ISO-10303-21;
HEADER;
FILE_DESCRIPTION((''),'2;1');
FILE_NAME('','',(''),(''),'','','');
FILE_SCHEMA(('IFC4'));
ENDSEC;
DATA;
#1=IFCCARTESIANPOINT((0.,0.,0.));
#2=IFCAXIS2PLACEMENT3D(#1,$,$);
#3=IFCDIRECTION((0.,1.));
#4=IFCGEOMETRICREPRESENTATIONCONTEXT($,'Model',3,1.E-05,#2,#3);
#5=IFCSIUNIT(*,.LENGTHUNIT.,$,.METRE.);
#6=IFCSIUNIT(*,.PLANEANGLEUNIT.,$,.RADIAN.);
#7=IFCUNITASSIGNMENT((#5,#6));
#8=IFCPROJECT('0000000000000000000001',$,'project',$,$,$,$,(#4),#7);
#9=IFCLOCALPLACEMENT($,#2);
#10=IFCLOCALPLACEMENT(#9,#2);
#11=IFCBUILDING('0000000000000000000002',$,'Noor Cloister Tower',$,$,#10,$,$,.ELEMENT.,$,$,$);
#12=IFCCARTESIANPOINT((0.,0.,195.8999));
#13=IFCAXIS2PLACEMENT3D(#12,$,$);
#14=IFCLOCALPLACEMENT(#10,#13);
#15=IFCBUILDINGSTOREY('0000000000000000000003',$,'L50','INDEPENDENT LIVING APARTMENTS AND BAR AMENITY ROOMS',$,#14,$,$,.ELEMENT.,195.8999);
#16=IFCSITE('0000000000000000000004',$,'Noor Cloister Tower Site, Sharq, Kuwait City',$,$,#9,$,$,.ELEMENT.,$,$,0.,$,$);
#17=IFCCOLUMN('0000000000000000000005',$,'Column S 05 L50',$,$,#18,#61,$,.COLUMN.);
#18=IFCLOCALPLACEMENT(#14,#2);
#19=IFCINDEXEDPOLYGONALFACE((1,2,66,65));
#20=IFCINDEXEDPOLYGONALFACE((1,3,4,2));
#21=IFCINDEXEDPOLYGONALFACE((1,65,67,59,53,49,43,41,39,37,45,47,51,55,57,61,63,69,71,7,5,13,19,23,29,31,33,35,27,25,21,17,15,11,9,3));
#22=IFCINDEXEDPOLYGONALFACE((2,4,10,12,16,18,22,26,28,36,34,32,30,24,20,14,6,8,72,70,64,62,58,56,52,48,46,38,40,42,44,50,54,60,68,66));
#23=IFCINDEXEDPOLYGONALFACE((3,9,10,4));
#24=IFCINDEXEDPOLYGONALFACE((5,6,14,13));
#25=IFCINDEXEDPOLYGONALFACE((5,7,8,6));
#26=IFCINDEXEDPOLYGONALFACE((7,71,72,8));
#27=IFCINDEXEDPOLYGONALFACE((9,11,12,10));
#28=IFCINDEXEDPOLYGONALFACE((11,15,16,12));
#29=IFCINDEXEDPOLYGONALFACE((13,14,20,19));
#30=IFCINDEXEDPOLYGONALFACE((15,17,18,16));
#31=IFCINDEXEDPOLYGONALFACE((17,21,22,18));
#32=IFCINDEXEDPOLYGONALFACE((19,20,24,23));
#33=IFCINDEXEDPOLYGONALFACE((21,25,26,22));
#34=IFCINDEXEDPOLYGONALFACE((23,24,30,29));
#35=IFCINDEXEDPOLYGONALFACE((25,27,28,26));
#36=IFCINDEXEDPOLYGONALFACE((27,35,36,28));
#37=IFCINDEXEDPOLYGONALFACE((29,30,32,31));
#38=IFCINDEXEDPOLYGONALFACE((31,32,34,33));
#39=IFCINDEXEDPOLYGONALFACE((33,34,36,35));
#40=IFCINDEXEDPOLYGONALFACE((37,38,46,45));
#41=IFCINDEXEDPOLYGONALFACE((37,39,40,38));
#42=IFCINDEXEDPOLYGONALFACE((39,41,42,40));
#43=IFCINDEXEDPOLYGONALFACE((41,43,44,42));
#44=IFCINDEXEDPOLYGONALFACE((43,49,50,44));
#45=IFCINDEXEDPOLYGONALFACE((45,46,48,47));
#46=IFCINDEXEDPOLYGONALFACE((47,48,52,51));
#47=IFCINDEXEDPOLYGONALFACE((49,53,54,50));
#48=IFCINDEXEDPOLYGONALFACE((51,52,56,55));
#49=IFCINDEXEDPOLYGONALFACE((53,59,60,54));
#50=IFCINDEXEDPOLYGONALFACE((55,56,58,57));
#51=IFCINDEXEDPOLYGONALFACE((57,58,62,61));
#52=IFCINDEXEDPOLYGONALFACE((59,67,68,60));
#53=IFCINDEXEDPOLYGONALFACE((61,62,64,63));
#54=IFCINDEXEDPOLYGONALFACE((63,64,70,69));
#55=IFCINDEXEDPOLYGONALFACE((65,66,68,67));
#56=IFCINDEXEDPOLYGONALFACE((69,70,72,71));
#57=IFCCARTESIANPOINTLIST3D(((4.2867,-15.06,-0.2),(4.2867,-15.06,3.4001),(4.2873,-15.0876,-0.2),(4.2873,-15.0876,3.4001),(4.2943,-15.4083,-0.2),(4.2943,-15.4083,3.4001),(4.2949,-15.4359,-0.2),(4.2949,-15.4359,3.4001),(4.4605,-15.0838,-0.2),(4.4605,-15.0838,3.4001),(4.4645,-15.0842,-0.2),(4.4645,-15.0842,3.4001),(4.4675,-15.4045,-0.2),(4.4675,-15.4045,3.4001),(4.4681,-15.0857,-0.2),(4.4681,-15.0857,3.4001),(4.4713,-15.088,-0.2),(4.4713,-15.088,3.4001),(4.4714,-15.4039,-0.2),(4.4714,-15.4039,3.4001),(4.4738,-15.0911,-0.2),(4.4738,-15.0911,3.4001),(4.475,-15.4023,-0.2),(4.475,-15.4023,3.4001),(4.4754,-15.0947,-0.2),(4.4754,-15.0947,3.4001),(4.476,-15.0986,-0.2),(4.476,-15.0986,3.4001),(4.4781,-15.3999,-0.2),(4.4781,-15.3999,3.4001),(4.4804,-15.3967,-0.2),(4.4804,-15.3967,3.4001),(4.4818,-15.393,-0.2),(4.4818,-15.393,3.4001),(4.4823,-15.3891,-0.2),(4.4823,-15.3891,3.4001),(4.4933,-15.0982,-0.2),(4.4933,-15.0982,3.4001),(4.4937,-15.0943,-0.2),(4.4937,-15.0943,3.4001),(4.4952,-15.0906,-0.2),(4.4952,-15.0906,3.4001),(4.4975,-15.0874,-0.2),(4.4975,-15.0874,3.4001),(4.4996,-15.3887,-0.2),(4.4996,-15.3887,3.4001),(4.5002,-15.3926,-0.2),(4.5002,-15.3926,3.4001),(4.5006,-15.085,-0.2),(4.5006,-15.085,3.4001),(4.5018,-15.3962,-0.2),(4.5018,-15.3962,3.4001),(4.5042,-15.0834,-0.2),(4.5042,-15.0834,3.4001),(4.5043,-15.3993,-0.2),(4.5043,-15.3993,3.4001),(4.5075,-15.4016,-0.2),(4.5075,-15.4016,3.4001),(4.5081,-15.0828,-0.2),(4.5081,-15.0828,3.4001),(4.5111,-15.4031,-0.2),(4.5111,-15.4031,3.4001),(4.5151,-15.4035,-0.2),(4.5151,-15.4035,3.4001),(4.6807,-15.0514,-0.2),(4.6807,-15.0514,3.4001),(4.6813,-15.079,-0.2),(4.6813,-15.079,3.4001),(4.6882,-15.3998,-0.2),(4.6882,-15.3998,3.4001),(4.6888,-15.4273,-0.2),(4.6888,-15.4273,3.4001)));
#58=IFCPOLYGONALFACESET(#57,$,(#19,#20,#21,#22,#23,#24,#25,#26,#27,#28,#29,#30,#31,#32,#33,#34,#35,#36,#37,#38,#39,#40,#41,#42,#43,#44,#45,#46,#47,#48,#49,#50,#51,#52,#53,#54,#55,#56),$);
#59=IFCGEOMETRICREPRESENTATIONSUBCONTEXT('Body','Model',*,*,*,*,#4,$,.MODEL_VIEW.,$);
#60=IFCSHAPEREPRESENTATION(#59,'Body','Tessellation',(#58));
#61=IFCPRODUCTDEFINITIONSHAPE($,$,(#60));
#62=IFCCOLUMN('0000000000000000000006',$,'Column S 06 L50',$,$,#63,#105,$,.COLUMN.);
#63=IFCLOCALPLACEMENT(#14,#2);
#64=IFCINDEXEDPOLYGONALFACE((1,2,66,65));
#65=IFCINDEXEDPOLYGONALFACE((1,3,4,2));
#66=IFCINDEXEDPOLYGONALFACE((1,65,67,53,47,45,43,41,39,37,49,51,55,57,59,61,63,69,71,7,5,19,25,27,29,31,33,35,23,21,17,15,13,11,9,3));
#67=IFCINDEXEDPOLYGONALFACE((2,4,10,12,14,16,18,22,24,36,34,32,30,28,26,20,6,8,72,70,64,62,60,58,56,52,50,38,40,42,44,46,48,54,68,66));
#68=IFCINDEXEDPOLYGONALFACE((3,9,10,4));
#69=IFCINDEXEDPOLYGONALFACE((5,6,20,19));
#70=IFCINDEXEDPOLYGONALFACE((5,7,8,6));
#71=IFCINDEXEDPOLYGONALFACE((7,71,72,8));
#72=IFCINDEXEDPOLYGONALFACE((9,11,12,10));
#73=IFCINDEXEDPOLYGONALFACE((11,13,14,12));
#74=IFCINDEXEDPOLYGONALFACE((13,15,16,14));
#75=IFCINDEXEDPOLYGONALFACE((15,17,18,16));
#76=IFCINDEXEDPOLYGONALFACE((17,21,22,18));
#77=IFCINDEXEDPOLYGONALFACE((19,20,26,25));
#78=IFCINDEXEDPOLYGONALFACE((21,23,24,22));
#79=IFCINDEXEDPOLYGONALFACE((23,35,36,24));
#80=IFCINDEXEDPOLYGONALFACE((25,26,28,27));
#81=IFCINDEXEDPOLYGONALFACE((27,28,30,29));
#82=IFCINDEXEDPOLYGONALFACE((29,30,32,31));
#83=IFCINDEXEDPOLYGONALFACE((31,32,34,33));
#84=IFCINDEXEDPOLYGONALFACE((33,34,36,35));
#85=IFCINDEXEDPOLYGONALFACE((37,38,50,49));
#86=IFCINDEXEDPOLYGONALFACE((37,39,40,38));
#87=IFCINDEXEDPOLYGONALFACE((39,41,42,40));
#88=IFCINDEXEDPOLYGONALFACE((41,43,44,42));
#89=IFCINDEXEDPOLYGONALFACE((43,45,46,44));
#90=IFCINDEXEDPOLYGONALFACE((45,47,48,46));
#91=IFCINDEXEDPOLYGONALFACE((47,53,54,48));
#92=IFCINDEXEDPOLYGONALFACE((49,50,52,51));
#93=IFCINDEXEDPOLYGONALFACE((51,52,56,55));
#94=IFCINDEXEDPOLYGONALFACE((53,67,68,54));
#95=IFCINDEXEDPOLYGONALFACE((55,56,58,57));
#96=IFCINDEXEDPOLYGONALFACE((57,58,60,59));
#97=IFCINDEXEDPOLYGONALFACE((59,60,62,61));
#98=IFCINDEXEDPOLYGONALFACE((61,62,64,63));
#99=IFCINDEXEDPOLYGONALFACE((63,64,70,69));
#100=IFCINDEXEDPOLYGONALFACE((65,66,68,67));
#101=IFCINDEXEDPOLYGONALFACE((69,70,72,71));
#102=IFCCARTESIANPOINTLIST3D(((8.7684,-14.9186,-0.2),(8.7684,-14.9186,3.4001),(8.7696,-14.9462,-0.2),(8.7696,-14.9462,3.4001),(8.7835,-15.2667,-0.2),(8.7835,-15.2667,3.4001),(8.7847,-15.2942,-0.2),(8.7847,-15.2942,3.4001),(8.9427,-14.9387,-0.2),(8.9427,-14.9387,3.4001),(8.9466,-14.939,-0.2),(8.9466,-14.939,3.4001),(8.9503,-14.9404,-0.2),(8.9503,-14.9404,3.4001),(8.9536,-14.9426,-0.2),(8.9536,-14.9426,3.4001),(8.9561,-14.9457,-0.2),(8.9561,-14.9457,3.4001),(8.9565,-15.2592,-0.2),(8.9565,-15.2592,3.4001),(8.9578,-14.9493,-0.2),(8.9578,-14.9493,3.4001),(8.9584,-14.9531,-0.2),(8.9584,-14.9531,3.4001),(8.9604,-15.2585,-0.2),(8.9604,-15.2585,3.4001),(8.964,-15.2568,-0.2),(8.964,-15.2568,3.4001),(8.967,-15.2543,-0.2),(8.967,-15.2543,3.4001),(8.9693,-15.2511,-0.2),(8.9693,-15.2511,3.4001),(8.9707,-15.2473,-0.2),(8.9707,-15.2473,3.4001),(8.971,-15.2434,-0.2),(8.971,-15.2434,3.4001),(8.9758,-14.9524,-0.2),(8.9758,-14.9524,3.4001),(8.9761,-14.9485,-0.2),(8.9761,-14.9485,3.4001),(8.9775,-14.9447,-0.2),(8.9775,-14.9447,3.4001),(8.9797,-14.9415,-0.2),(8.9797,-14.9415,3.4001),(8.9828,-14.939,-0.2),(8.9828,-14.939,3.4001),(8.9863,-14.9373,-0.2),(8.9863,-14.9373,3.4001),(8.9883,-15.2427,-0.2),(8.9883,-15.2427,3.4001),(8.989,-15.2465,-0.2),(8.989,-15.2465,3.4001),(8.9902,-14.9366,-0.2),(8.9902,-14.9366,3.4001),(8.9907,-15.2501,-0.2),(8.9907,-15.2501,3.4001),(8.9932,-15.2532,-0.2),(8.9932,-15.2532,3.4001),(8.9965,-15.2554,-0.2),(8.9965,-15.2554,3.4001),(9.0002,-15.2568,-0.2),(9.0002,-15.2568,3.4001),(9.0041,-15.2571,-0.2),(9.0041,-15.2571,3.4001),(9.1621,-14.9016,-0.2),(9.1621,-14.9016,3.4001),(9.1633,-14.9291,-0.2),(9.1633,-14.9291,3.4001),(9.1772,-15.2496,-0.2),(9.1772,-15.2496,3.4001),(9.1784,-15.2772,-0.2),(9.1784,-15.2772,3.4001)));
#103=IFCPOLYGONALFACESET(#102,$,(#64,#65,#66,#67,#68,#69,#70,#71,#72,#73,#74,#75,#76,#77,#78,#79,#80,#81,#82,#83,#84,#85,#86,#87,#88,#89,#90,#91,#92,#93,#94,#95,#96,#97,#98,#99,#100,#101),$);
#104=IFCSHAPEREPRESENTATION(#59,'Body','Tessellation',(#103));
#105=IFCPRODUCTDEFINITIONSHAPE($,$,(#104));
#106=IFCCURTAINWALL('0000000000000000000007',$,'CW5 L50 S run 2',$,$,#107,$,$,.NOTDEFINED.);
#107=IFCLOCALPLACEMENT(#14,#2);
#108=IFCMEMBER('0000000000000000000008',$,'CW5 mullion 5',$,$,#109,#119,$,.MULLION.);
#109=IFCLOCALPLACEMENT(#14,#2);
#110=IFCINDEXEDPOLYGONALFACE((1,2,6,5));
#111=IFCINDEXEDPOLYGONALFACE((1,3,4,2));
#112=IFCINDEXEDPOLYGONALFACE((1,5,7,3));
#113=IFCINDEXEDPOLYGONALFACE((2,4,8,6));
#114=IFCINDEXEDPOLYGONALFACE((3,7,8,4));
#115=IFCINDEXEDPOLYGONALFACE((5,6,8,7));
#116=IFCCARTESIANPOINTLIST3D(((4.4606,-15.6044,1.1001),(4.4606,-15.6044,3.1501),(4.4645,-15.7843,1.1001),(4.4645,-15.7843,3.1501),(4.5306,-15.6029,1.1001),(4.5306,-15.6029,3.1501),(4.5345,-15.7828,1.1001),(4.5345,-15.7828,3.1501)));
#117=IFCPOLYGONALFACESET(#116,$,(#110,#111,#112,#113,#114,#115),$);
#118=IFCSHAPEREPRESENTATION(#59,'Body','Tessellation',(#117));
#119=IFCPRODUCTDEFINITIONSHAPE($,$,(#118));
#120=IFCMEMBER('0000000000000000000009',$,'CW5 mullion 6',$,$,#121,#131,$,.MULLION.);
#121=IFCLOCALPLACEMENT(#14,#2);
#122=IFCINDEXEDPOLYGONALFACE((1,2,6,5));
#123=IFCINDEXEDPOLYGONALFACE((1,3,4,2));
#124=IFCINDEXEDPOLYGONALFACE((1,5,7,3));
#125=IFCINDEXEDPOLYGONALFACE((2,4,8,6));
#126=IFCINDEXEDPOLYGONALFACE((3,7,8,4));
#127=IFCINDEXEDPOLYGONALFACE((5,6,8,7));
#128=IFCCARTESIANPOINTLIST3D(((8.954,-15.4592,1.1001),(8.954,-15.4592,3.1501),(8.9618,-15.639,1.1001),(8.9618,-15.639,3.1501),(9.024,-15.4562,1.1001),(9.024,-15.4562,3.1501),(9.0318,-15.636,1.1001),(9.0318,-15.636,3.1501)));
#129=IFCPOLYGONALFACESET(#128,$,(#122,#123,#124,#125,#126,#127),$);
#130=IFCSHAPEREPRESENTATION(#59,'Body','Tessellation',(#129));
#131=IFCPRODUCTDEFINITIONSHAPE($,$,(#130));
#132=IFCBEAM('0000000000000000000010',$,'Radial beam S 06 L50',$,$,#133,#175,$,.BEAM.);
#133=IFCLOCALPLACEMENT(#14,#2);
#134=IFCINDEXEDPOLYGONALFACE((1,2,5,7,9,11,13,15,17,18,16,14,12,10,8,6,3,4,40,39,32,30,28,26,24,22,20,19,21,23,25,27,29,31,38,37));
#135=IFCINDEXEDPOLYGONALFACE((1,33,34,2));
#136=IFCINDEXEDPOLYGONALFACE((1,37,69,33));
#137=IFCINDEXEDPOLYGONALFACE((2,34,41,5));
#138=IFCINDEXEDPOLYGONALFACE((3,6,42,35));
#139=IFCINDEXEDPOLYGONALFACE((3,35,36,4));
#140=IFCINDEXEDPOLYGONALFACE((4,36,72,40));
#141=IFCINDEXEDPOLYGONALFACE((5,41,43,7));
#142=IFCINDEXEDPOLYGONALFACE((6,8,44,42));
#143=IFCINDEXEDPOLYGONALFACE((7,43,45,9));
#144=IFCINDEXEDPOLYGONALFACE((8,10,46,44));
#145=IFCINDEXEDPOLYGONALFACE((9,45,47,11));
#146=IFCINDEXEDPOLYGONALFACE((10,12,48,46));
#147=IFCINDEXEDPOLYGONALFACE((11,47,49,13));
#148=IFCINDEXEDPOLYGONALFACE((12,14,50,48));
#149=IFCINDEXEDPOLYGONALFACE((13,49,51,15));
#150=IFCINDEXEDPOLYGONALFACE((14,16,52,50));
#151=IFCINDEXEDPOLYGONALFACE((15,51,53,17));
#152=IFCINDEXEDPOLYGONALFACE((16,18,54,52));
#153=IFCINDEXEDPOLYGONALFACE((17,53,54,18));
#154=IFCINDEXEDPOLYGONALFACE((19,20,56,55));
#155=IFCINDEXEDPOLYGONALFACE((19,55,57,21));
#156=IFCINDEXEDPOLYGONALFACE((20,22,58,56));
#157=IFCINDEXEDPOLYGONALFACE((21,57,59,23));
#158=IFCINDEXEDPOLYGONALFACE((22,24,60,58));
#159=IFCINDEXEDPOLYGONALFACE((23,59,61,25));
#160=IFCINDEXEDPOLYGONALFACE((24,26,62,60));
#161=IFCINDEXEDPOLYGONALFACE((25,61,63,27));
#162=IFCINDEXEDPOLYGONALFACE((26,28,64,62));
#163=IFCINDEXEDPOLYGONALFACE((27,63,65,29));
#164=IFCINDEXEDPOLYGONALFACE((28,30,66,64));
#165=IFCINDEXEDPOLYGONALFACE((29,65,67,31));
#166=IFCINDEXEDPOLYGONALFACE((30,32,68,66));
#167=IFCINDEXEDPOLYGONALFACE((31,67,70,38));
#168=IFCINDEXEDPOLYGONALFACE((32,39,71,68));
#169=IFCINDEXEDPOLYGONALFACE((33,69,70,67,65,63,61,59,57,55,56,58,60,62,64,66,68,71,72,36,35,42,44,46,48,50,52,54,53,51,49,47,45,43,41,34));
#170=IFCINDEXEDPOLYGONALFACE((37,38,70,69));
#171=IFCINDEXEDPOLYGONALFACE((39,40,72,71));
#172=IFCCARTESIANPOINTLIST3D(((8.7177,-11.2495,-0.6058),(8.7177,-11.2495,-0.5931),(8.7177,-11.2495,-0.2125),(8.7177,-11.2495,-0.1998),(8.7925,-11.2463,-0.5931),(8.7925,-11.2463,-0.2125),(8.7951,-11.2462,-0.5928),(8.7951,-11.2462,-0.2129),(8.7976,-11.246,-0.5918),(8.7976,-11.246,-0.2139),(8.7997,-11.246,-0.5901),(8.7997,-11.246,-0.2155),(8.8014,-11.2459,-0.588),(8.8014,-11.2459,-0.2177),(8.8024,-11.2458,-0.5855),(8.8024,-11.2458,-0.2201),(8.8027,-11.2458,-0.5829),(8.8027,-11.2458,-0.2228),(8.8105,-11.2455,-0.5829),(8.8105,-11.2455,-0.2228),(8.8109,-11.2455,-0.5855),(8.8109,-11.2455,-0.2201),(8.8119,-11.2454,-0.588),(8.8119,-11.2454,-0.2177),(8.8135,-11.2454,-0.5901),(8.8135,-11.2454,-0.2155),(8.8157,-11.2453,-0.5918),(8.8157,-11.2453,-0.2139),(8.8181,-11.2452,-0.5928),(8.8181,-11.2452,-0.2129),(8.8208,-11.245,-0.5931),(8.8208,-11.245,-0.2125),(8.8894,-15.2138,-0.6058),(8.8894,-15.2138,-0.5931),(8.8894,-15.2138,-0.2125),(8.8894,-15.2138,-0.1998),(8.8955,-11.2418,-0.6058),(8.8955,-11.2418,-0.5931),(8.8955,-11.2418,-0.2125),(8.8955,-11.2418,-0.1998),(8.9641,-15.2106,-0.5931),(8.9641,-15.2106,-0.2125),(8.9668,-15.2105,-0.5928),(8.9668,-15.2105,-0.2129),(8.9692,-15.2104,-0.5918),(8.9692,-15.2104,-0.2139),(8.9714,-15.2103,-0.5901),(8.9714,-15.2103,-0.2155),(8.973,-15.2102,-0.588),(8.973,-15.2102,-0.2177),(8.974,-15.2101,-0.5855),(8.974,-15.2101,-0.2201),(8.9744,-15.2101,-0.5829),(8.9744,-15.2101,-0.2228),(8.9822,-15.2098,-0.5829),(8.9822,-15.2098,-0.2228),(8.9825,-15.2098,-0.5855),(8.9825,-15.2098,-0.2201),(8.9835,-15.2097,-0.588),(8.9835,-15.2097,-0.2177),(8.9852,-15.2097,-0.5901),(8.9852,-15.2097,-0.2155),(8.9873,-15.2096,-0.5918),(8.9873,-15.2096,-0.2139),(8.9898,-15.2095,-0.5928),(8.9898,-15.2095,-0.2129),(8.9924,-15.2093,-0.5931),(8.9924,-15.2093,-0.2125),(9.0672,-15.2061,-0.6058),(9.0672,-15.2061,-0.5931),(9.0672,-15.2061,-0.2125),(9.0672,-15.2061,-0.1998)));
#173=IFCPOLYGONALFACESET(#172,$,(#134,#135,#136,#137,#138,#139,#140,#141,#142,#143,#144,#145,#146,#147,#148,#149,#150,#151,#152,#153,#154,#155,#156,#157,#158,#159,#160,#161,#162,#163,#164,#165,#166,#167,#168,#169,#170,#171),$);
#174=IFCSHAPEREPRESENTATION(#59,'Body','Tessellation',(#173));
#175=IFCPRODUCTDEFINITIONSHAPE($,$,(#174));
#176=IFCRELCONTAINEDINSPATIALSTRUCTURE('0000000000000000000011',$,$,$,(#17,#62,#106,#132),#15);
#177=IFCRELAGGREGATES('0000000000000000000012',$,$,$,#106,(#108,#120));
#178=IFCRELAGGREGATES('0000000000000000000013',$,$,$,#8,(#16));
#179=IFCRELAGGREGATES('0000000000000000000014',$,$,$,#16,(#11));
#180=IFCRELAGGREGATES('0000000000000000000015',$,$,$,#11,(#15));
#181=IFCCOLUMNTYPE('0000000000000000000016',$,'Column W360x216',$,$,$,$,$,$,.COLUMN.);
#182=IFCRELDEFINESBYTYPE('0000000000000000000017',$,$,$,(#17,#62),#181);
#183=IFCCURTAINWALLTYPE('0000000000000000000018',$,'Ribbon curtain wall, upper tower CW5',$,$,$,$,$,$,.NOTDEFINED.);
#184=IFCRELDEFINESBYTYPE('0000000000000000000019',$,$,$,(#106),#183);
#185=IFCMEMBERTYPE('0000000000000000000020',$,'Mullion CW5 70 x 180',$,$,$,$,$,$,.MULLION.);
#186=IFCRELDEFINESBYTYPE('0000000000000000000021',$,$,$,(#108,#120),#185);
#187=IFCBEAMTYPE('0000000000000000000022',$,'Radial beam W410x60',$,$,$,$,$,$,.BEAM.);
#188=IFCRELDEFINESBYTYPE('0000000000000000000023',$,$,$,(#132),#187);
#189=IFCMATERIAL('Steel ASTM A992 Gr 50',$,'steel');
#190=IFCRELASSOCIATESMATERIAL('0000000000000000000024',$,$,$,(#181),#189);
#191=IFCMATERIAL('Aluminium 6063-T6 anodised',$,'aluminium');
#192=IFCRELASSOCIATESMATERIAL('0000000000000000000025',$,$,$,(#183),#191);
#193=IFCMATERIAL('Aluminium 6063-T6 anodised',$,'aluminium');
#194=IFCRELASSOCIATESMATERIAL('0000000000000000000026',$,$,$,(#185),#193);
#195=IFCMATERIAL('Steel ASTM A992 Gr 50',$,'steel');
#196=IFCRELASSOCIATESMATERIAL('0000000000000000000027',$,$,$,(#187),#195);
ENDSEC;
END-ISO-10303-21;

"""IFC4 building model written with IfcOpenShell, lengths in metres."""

from ifc_helpers import new_model, si_unit, direction, frame, origin, origin_2d, place, context, subcontext, project, spatial, rectangle, i_section, extrude, material, material_profile, profile_set, type_object, element, aggregate, save


model = new_model("IFC4")

# Units and contexts
model_context = context("Model", 3, precision=1e-05, world=origin(), true_north=direction((0.0, 1.0)))
body_context = subcontext(model_context, "Body", "Model", "MODEL_VIEW")
ifc_project = project(units=[si_unit("LENGTHUNIT", "METRE"), si_unit("PLANEANGLEUNIT", "RADIAN")], contexts=[model_context])

# Site, building, storey
site_placement = place(None, origin())
site = spatial("IfcSite", under=ifc_project, at=site_placement, Name="Noor Cloister Tower Site, Sharq, Kuwait City", CompositionType="ELEMENT", RefElevation=0.0)
building_placement = place(site_placement, origin())
building = spatial("IfcBuilding", under=site, at=building_placement, Name="Noor Cloister Tower", CompositionType="ELEMENT")
storey_placement = place(building_placement, frame((0.0, 0.0, 195.8999)))
storey = spatial("IfcBuildingStorey", under=building, at=storey_placement, Name="L50", Description="INDEPENDENT LIVING APARTMENTS AND BAR AMENITY ROOMS", CompositionType="ELEMENT", Elevation=195.8999)

# Columns
ifc_material_1 = material(Name="Steel ASTM A992 Gr 50", Category="steel")
ifc_material_profile_1 = material_profile(ifc_material_1, i_section(OverallWidth=0.394, OverallDepth=0.376, WebThickness=0.0173, FlangeThickness=0.0276, FilletRadius=0.0151, at=origin_2d()), Name="W360x216")
ifc_profile_set_1 = profile_set([ifc_material_profile_1], Name="Steel ASTM A992 Gr 50")
column_type = type_object("IfcColumnType", Name="Column W360x216", PredefinedType="COLUMN", material=ifc_profile_set_1)
for number, where, z_axis, x_axis, name in (
    (1, (4.4878, -15.2437, -0.2), (0.0, 0.0, 1.0), (0.999766, 0.021639, 0.0), "Column S 05 L50"),
    (2, (8.9734, -15.0979, -0.2), (0.0, 0.0, 1.0), (0.999064, 0.043267, 0.0), "Column S 06 L50"),
):
    element("IfcColumn", number, at=place(storey_placement, frame(where, z_axis=z_axis, x_axis=x_axis)), inside=storey, type_object=column_type, Name=name, PredefinedType="COLUMN", context=body_context, shape_type="SweptSolid", body=[
        extrude(i_section(OverallWidth=0.394, OverallDepth=0.376, WebThickness=0.0173, FlangeThickness=0.0276, FilletRadius=0.0151, at=origin_2d()), origin(), (0.0, 0.0, 1.0), 3.6001),
    ])

# Curtain wall, members
ifc_material_2 = material(Name="Aluminium 6063-T6 anodised", Category="aluminium")
curtain_wall_type = type_object("IfcCurtainWallType", Name="Ribbon curtain wall, upper tower CW5", PredefinedType="NOTDEFINED", material=ifc_material_2)
curtain_wall_placement = place(storey_placement, origin())
curtain_wall = element("IfcCurtainWall", 3, at=curtain_wall_placement, inside=storey, type_object=curtain_wall_type, Name="CW5 L50 S run 2", PredefinedType="NOTDEFINED")
ifc_material_3 = material(Name="Aluminium 6063-T6 anodised", Category="aluminium")
ifc_material_profile_2 = material_profile(ifc_material_3, rectangle(XDim=0.1799, YDim=0.0701, at=origin_2d()), Name="180 x 70 mullion")
ifc_profile_set_2 = profile_set([ifc_material_profile_2], Name="Aluminium 6063-T6 anodised")
member_type = type_object("IfcMemberType", Name="Mullion CW5 70 x 180", PredefinedType="MULLION", material=ifc_profile_set_2)
member_1_placement = place(storey_placement, frame((4.4976, -15.6936, 1.1001), z_axis=(0.0, 0.0, 1.0), x_axis=(-0.021639, 0.999766, 0.0)))
member_1 = element("IfcMember", 4, at=member_1_placement, type_object=member_type, Name="CW5 mullion 5", PredefinedType="MULLION", context=body_context, shape_type="SweptSolid", body=[
    extrude(rectangle(XDim=0.1799, YDim=0.0701, at=origin_2d()), origin(), (0.0, 0.0, 1.0), 2.05),
])
member_2_placement = place(storey_placement, frame((8.9929, -15.5476, 1.1001), z_axis=(0.0, 0.0, 1.0), x_axis=(-0.043267, 0.999064, 0.0)))
member_2 = element("IfcMember", 5, at=member_2_placement, type_object=member_type, Name="CW5 mullion 6", PredefinedType="MULLION", context=body_context, shape_type="SweptSolid", body=[
    extrude(rectangle(XDim=0.1799, YDim=0.0701, at=origin_2d()), origin(), (0.0, 0.0, 1.0), 2.05),
])

# Beam
ifc_material_4 = material(Name="Steel ASTM A992 Gr 50", Category="steel")
ifc_material_profile_3 = material_profile(ifc_material_4, i_section(OverallWidth=0.178, OverallDepth=0.406, WebThickness=0.0078, FlangeThickness=0.0127, FilletRadius=0.0103, at=origin_2d()), Name="W410x60")
ifc_profile_set_3 = profile_set([ifc_material_profile_3], Name="Steel ASTM A992 Gr 50")
beam_type_1 = type_object("IfcBeamType", Name="Radial beam W410x60", PredefinedType="BEAM", material=ifc_profile_set_3)
beam_1_placement = place(storey_placement, frame((8.9783, -15.21, -0.4028), z_axis=(-0.043253, 0.999064, 0.0), x_axis=(-0.999064, -0.043253, 0.0)))
element("IfcBeam", 6, at=beam_1_placement, inside=storey, type_object=beam_type_1, Name="Radial beam S 06 L50", PredefinedType="BEAM", context=body_context, shape_type="SweptSolid", body=[
    extrude(i_section(OverallWidth=0.178, OverallDepth=0.406, WebThickness=0.0078, FlangeThickness=0.0127, FilletRadius=0.0103, at=origin_2d()), origin(), (0.0, 0.0, 1.0), 3.968),
])

aggregate(curtain_wall, [member_1, member_2])

save(model, "model.ifc")
